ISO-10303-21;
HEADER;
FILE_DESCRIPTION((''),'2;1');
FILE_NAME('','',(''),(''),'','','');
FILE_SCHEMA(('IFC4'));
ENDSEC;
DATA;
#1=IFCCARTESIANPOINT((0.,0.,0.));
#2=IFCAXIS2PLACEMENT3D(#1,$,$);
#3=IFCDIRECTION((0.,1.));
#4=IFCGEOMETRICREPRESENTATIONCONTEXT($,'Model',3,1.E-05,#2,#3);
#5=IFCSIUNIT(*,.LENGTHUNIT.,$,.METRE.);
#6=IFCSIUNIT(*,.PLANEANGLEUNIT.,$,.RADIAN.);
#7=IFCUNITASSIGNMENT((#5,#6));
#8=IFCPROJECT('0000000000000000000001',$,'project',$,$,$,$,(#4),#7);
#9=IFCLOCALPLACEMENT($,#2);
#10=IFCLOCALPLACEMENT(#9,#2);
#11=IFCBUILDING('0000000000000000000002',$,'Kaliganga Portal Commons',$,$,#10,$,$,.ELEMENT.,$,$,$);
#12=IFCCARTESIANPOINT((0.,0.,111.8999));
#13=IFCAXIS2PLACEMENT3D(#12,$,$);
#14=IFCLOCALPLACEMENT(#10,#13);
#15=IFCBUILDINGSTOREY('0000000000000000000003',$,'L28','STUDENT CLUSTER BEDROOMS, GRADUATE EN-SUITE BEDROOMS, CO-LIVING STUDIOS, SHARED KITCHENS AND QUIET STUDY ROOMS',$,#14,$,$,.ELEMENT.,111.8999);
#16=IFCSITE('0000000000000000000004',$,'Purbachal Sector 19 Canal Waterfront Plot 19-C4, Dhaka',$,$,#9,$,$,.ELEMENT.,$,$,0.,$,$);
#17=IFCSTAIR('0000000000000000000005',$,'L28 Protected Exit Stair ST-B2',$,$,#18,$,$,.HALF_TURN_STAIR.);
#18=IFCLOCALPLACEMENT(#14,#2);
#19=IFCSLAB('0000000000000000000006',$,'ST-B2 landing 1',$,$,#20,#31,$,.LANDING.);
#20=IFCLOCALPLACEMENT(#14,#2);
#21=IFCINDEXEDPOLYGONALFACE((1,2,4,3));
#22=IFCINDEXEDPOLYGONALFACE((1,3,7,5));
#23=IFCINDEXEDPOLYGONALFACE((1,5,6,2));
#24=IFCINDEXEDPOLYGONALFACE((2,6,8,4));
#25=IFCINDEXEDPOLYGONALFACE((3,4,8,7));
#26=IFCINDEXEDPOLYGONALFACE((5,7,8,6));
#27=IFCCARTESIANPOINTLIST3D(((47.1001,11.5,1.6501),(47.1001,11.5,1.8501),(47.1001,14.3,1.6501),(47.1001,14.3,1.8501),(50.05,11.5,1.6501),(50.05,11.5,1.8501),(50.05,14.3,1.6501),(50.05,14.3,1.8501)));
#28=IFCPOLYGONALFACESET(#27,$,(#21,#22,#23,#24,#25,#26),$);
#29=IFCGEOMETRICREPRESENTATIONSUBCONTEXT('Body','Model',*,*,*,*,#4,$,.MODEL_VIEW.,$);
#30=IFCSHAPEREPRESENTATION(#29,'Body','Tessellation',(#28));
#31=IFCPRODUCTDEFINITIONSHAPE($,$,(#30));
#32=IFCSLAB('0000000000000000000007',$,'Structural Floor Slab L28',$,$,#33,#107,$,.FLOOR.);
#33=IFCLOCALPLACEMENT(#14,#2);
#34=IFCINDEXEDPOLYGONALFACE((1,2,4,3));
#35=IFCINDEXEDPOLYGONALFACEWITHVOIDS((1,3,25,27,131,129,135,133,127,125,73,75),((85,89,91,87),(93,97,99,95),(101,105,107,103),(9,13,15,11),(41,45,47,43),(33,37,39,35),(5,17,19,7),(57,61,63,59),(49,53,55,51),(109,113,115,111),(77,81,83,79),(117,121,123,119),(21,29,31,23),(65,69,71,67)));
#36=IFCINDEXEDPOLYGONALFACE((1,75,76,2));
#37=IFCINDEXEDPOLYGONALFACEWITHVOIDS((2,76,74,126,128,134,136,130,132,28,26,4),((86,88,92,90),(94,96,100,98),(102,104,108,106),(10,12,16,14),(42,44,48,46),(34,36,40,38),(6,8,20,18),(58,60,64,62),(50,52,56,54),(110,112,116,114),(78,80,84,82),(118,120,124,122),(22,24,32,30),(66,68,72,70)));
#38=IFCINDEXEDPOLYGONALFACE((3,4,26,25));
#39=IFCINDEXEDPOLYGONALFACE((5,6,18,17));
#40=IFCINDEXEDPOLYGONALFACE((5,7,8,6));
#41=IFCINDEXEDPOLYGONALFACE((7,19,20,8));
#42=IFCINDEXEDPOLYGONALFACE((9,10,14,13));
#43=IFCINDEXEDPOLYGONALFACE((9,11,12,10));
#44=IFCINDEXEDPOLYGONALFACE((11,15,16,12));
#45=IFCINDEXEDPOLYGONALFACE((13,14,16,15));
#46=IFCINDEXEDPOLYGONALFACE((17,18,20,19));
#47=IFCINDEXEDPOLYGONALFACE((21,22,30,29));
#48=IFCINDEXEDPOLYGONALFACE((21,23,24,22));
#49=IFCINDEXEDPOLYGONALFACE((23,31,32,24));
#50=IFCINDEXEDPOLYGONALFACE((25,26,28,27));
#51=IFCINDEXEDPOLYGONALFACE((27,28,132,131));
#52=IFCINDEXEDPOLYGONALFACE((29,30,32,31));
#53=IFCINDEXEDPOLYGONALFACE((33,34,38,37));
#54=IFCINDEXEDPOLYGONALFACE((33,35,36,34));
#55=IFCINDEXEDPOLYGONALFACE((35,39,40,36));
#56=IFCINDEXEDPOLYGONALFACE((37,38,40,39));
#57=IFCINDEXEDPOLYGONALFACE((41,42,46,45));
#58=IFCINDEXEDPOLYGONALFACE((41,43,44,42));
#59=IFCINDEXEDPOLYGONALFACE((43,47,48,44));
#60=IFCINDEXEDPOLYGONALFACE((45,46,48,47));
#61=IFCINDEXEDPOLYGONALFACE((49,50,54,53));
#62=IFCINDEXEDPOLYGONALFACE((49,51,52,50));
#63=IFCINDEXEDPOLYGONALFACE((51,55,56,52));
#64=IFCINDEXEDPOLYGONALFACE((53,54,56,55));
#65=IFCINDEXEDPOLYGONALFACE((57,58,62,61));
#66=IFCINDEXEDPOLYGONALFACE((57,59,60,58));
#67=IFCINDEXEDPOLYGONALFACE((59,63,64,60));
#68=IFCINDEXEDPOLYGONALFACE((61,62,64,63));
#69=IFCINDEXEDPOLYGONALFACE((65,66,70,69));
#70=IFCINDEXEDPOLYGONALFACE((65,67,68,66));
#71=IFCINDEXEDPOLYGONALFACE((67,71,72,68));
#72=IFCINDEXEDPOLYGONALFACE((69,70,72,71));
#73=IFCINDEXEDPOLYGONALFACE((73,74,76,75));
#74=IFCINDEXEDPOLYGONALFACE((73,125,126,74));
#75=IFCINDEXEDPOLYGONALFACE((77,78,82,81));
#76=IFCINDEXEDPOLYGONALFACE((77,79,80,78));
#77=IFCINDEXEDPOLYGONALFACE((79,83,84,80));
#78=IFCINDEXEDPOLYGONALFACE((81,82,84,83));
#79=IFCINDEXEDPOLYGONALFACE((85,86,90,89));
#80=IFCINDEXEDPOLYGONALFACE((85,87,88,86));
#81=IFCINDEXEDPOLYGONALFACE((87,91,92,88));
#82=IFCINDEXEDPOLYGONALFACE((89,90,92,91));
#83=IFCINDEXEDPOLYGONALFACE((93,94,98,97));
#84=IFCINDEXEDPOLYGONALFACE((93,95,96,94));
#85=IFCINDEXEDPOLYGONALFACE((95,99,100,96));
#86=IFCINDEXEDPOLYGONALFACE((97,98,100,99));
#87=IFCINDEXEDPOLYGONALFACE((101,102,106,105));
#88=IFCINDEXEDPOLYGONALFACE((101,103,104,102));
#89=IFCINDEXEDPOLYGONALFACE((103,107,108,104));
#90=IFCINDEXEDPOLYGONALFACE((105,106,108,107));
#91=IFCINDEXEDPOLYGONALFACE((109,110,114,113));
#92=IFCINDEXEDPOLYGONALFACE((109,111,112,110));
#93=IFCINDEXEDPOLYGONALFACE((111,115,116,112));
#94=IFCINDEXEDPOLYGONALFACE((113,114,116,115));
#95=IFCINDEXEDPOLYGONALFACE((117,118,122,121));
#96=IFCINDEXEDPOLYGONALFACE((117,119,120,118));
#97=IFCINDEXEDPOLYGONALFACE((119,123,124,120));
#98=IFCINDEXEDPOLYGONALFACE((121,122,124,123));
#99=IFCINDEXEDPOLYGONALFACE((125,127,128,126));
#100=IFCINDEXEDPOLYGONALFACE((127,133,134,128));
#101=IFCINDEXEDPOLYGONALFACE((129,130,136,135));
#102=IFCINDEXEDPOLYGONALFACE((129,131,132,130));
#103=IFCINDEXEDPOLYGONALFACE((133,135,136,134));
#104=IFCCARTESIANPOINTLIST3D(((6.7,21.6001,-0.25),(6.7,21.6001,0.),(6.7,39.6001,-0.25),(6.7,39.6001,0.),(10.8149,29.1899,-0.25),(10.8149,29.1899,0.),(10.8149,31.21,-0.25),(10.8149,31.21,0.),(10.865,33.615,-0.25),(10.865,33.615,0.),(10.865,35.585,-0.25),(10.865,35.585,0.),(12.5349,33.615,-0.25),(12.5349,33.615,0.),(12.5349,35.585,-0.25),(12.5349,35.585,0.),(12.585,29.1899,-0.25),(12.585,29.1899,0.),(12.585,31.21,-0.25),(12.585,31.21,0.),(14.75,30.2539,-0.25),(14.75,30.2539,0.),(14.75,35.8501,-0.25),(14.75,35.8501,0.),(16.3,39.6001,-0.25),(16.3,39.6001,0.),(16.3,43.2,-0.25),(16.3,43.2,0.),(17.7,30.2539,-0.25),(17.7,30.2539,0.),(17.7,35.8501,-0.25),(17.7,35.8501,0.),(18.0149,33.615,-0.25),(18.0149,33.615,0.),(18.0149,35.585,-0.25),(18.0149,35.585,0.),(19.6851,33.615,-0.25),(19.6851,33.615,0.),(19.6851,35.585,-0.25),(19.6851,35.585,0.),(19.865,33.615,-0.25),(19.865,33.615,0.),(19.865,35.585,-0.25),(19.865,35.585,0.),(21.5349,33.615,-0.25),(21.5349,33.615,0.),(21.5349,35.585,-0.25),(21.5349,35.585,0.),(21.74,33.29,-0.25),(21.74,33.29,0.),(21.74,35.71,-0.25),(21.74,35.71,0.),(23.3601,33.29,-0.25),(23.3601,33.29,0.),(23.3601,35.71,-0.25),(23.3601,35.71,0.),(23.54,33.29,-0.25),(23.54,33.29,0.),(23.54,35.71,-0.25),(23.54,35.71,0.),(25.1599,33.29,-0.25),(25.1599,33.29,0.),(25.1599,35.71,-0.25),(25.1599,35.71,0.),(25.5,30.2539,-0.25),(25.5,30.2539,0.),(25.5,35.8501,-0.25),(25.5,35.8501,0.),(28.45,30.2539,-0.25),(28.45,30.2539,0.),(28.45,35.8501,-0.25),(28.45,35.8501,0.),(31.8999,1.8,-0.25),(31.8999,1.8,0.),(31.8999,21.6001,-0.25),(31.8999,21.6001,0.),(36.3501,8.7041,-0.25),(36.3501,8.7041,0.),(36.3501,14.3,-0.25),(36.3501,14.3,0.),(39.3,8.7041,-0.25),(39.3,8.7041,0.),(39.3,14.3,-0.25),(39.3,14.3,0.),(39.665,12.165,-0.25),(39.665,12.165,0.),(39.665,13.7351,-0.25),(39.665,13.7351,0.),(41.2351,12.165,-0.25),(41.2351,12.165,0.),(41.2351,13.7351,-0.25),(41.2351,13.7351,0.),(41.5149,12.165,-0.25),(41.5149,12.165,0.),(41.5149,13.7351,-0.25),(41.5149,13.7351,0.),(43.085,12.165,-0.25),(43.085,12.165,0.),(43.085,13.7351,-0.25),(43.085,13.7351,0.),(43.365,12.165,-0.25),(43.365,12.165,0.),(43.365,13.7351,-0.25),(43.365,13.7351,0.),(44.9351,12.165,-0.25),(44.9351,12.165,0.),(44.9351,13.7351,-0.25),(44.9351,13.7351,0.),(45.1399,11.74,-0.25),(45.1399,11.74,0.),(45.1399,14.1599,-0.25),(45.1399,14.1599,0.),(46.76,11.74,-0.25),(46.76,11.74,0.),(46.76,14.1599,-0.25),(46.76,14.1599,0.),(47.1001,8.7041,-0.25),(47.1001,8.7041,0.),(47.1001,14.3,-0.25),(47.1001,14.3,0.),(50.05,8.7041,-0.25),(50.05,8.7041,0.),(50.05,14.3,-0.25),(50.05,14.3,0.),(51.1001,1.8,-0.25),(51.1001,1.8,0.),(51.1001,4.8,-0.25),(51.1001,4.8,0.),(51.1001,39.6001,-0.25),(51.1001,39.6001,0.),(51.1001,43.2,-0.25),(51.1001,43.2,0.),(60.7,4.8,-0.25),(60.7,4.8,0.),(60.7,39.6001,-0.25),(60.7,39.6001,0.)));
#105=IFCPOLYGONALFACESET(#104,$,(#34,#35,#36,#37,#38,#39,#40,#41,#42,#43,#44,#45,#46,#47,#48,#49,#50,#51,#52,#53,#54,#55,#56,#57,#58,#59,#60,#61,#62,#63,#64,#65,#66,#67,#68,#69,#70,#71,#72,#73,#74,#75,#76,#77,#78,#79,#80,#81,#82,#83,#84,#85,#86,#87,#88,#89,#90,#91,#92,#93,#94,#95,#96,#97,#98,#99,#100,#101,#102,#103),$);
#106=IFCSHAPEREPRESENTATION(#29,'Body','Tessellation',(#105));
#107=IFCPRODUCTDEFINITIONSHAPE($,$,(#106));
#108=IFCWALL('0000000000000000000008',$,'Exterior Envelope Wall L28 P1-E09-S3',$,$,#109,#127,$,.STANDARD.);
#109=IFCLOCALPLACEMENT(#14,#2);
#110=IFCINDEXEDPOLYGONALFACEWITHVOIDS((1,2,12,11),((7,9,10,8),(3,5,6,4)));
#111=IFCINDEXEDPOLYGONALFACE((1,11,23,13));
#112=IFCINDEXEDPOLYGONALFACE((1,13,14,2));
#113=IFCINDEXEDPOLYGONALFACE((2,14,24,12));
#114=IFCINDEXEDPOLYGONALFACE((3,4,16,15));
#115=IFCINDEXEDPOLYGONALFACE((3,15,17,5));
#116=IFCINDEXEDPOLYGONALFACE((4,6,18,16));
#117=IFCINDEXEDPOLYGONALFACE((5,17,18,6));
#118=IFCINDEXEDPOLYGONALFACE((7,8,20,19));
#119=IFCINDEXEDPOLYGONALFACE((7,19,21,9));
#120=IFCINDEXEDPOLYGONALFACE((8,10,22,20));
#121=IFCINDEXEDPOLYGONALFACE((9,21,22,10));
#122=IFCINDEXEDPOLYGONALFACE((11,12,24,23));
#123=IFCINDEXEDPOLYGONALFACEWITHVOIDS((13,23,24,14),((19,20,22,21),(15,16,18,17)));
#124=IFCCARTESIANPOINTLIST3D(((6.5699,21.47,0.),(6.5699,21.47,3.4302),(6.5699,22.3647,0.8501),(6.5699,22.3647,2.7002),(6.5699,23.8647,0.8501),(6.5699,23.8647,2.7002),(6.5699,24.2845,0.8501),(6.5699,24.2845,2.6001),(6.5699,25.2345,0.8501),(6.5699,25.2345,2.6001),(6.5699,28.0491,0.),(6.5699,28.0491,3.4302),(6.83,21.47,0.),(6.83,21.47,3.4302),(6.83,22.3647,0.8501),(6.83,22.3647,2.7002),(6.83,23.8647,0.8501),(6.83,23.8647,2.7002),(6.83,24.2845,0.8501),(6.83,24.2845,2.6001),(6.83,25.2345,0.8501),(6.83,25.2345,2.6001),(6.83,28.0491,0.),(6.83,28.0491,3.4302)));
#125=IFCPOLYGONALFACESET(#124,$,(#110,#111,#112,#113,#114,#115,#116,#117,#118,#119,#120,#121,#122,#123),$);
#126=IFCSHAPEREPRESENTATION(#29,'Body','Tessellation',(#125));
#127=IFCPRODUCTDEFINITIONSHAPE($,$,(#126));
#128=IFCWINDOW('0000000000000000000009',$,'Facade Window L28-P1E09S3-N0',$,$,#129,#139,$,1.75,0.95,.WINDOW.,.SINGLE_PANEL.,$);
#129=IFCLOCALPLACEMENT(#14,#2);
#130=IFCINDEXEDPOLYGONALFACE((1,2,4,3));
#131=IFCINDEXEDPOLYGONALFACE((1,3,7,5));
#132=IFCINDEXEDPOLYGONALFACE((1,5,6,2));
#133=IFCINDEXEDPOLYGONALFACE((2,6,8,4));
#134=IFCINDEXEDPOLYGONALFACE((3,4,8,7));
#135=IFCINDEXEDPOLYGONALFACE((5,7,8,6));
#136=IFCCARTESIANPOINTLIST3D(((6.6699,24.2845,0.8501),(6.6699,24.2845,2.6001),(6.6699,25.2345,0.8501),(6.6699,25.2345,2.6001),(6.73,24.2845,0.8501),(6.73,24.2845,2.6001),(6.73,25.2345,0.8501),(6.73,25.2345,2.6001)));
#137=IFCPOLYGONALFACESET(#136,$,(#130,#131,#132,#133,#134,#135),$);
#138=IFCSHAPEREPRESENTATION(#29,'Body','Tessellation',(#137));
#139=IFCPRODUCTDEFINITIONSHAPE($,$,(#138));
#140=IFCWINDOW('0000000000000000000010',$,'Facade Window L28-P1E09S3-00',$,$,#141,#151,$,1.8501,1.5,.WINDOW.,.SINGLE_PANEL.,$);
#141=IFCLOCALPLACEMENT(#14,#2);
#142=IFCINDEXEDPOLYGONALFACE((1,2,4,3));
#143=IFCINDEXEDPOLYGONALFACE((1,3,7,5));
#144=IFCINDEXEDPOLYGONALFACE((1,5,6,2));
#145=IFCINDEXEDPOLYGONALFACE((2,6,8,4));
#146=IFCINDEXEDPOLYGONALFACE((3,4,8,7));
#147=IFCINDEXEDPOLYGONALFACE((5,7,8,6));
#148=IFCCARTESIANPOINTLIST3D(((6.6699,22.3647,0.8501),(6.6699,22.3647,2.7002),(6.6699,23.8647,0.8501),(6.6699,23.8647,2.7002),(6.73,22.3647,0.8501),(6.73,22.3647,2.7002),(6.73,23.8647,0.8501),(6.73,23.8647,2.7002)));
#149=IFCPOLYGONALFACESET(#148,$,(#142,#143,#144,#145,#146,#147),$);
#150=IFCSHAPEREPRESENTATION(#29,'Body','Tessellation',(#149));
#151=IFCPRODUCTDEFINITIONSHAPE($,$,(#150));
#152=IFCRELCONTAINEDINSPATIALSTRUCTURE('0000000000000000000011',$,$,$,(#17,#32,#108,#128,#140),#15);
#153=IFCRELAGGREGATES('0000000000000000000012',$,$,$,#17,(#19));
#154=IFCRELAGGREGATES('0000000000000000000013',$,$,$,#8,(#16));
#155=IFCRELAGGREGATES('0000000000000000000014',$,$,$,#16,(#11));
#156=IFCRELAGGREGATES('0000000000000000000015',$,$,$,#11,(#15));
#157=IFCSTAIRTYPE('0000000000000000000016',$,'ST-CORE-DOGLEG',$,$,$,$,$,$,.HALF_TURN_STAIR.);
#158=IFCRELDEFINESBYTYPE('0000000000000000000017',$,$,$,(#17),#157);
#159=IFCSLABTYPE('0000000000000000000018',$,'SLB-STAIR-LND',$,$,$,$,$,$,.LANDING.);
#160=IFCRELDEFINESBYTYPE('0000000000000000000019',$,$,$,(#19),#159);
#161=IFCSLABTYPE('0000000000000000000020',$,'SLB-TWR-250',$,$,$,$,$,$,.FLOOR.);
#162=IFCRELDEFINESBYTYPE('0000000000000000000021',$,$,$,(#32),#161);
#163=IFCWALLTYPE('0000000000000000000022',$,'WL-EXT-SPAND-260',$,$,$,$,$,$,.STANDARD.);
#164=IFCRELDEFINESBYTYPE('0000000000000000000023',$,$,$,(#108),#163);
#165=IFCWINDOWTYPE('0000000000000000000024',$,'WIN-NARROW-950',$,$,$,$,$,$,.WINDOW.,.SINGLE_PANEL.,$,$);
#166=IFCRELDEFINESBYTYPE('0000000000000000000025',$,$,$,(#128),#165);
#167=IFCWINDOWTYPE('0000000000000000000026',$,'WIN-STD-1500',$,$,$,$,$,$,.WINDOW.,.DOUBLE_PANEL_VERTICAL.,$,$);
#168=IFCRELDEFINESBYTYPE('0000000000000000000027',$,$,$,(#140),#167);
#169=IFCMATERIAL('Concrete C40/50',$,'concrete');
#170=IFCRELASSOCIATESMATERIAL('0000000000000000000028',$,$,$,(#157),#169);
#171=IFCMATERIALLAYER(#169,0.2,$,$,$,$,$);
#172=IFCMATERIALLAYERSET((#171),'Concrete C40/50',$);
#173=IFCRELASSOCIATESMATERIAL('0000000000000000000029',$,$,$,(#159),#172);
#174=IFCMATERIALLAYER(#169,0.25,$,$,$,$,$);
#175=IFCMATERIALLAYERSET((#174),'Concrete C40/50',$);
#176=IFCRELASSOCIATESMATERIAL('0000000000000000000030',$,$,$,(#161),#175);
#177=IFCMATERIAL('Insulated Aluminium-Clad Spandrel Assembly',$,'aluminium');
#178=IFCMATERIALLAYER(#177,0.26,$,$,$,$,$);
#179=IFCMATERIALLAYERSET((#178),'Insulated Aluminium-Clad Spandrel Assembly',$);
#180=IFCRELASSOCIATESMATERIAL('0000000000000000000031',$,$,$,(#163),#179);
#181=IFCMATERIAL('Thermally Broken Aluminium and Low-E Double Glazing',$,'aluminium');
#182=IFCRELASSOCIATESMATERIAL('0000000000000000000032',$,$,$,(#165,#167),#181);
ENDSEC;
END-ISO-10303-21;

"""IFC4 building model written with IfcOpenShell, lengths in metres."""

from ifc_helpers import new_model, si_unit, direction, frame, frame_2d, origin, place, context, subcontext, project, spatial, polyline, rectangle, outline, extrude, material, layer, layer_set, type_object, element, fill, aggregate, save


model = new_model("IFC4")

# Units and contexts
model_context = context("Model", 3, precision=1e-05, world=origin(), true_north=direction((0.0, 1.0)))
body_context = subcontext(model_context, "Body", "Model", "MODEL_VIEW")
ifc_project = project(units=[si_unit("LENGTHUNIT", "METRE"), si_unit("PLANEANGLEUNIT", "RADIAN")], contexts=[model_context])

# Site, building, storey
site_placement = place(None, origin())
site = spatial("IfcSite", under=ifc_project, at=site_placement, Name="Purbachal Sector 19 Canal Waterfront Plot 19-C4, Dhaka", CompositionType="ELEMENT", RefElevation=0.0)
building_placement = place(site_placement, origin())
building = spatial("IfcBuilding", under=site, at=building_placement, Name="Kaliganga Portal Commons", CompositionType="ELEMENT")
storey_placement = place(building_placement, frame((0.0, 0.0, 111.8999)))
storey = spatial("IfcBuildingStorey", under=building, at=storey_placement, Name="L28", Description="STUDENT CLUSTER BEDROOMS, GRADUATE EN-SUITE BEDROOMS, CO-LIVING STUDIOS, SHARED KITCHENS AND QUIET STUDY ROOMS", CompositionType="ELEMENT", Elevation=111.8999)

# Shared definitions
ifc_material_1 = material(Name="Concrete C40/50", Category="concrete")

# Stair, slab
stair_type = type_object("IfcStairType", Name="ST-CORE-DOGLEG", PredefinedType="HALF_TURN_STAIR", material=ifc_material_1)
ifc_layer_1 = layer(ifc_material_1, 0.2)
ifc_layer_set_1 = layer_set([ifc_layer_1], Name="Concrete C40/50")
slab_type_1 = type_object("IfcSlabType", Name="SLB-STAIR-LND", PredefinedType="LANDING", material=ifc_layer_set_1)
stair_1_placement = place(storey_placement, origin())
stair_1 = element("IfcStair", 1, at=stair_1_placement, inside=storey, type_object=stair_type, Name="L28 Protected Exit Stair ST-B2", PredefinedType="HALF_TURN_STAIR")
slab_1_placement = place(storey_placement, frame((0.0, 0.0, 1.6501)))
slab_1 = element("IfcSlab", 2, at=slab_1_placement, type_object=slab_type_1, Name="ST-B2 landing 1", PredefinedType="LANDING", context=body_context, shape_type="SweptSolid", body=[
    extrude(outline(polyline([(50.05, 11.5), (50.05, 14.3), (47.1001, 14.3), (47.1001, 11.5), (50.05, 11.5)])), origin(), (0.0, 0.0, 1.0), 0.2),
])
aggregate(stair_1, [slab_1])

# Slab
ifc_layer_2 = layer(ifc_material_1, 0.25)
ifc_layer_set_2 = layer_set([ifc_layer_2], Name="Concrete C40/50")
slab_type_2 = type_object("IfcSlabType", Name="SLB-TWR-250", PredefinedType="FLOOR", material=ifc_layer_set_2)
slab_2_placement = place(storey_placement, frame((0.0, 0.0, -0.25)))
element("IfcSlab", 3, at=slab_2_placement, inside=storey, type_object=slab_type_2, Name="Structural Floor Slab L28", PredefinedType="FLOOR", context=body_context, shape_type="SweptSolid", body=[
    extrude(outline(polyline([(31.8999, 1.8), (51.1001, 1.8), (51.1001, 4.8), (60.7, 4.8), (60.7, 39.6001), (51.1001, 39.6001), (51.1001, 43.2), (16.3, 43.2), (16.3, 39.6001), (6.7, 39.6001), (6.7, 21.6001), (31.8999, 21.6001), (31.8999, 1.8)]), holes=[polyline([(14.75, 30.2539), (14.75, 35.8501), (17.7, 35.8501), (17.7, 30.2539), (14.75, 30.2539)]), polyline([(25.5, 30.2539), (25.5, 35.8501), (28.45, 35.8501), (28.45, 30.2539), (25.5, 30.2539)]), polyline([(36.3501, 8.7041), (36.3501, 14.3), (39.3, 14.3), (39.3, 8.7041), (36.3501, 8.7041)]), polyline([(47.1001, 8.7041), (47.1001, 14.3), (50.05, 14.3), (50.05, 8.7041), (47.1001, 8.7041)]), polyline([(18.0149, 33.615), (18.0149, 35.585), (19.6851, 35.585), (19.6851, 33.615), (18.0149, 33.615)]), polyline([(19.865, 33.615), (19.865, 35.585), (21.5349, 35.585), (21.5349, 33.615), (19.865, 33.615)]), polyline([(10.8149, 29.1899), (10.8149, 31.21), (12.585, 31.21), (12.585, 29.1899), (10.8149, 29.1899)]), polyline([(10.865, 33.615), (10.865, 35.585), (12.5349, 35.585), (12.5349, 33.615), (10.865, 33.615)]), polyline([(21.74, 33.29), (21.74, 35.71), (23.3601, 35.71), (23.3601, 33.29), (21.74, 33.29)]), polyline([(23.54, 33.29), (23.54, 35.71), (25.1599, 35.71), (25.1599, 33.29), (23.54, 33.29)]), polyline([(39.665, 12.165), (39.665, 13.7351), (41.2351, 13.7351), (41.2351, 12.165), (39.665, 12.165)]), polyline([(41.5149, 12.165), (41.5149, 13.7351), (43.085, 13.7351), (43.085, 12.165), (41.5149, 12.165)]), polyline([(43.365, 12.165), (43.365, 13.7351), (44.9351, 13.7351), (44.9351, 12.165), (43.365, 12.165)]), polyline([(45.1399, 11.74), (45.1399, 14.1599), (46.76, 14.1599), (46.76, 11.74), (45.1399, 11.74)])]), origin(), (0.0, 0.0, 1.0), 0.25),
])

# Wall, openings, windows
ifc_material_2 = material(Name="Insulated Aluminium-Clad Spandrel Assembly", Category="aluminium")
ifc_layer_3 = layer(ifc_material_2, 0.26)
ifc_layer_set_3 = layer_set([ifc_layer_3], Name="Insulated Aluminium-Clad Spandrel Assembly")
wall_type_1 = type_object("IfcWallType", Name="WL-EXT-SPAND-260", PredefinedType="STANDARD", material=ifc_layer_set_3)
wall_1_placement = place(storey_placement, frame((6.7, 21.47, 0.0), z_axis=(0.0, 0.0, 1.0), x_axis=(0.0, 1.0, 0.0)))
wall_1 = element("IfcWall", 4, at=wall_1_placement, inside=storey, type_object=wall_type_1, Name="Exterior Envelope Wall L28 P1-E09-S3", PredefinedType="STANDARD", context=body_context, shape_type="SweptSolid", body=[
    extrude(rectangle(XDim=6.5791, YDim=0.26, at=frame_2d((3.2896, 0.0))), origin(), (0.0, 0.0, 1.0), 3.4302),
])
opening_1_placement = place(wall_1_placement, frame((0.8948, 0.0, 0.8501)))
opening_1 = element("IfcOpeningElement", 5, at=opening_1_placement, cuts=wall_1, PredefinedType="OPENING", context=body_context, shape_type="SweptSolid", body=[
    extrude(rectangle(XDim=1.5, YDim=1.8501, at=frame_2d((0.75, 0.925))), frame((0.0, 0.1401, 0.0), z_axis=(0.0, -1.0, 0.0), x_axis=(1.0, 0.0, 0.0)), (0.0, 0.0, 1.0), 0.28),
])
opening_2_placement = place(wall_1_placement, frame((2.8145, 0.0, 0.8501)))
opening_2 = element("IfcOpeningElement", 6, at=opening_2_placement, cuts=wall_1, PredefinedType="OPENING", context=body_context, shape_type="SweptSolid", body=[
    extrude(rectangle(XDim=0.95, YDim=1.75, at=frame_2d((0.4751, 0.875))), frame((0.0, 0.1401, 0.0), z_axis=(0.0, -1.0, 0.0), x_axis=(1.0, 0.0, 0.0)), (0.0, 0.0, 1.0), 0.28),
])
ifc_material_3 = material(Name="Thermally Broken Aluminium and Low-E Double Glazing", Category="aluminium")
window_type_1 = type_object("IfcWindowType", Name="WIN-NARROW-950", PartitioningType="SINGLE_PANEL", PredefinedType="WINDOW", material=ifc_material_3)
window_1_placement = place(opening_2_placement, origin())
window_1 = element("IfcWindow", 7, at=window_1_placement, inside=storey, type_object=window_type_1, Name="Facade Window L28-P1E09S3-N0", OverallHeight=1.75, OverallWidth=0.95, PartitioningType="SINGLE_PANEL", PredefinedType="WINDOW", context=body_context, shape_type="SweptSolid", body=[
    extrude(rectangle(XDim=0.95, YDim=1.75, at=frame_2d((0.4751, 0.875))), frame((0.0, 0.03, 0.0), z_axis=(0.0, -1.0, 0.0), x_axis=(1.0, 0.0, 0.0)), (0.0, 0.0, 1.0), 0.0601),
])
fill(opening_2, window_1)
window_type_2 = type_object("IfcWindowType", Name="WIN-STD-1500", PartitioningType="DOUBLE_PANEL_VERTICAL", PredefinedType="WINDOW", material=ifc_material_3)
window_2_placement = place(opening_1_placement, origin())
window_2 = element("IfcWindow", 8, at=window_2_placement, inside=storey, type_object=window_type_2, Name="Facade Window L28-P1E09S3-00", OverallHeight=1.8501, OverallWidth=1.5, PartitioningType="SINGLE_PANEL", PredefinedType="WINDOW", context=body_context, shape_type="SweptSolid", body=[
    extrude(rectangle(XDim=1.5, YDim=1.8501, at=frame_2d((0.75, 0.925))), frame((0.0, 0.03, 0.0), z_axis=(0.0, -1.0, 0.0), x_axis=(1.0, 0.0, 0.0)), (0.0, 0.0, 1.0), 0.0601),
])
fill(opening_1, window_2)

save(model, "model.ifc")
